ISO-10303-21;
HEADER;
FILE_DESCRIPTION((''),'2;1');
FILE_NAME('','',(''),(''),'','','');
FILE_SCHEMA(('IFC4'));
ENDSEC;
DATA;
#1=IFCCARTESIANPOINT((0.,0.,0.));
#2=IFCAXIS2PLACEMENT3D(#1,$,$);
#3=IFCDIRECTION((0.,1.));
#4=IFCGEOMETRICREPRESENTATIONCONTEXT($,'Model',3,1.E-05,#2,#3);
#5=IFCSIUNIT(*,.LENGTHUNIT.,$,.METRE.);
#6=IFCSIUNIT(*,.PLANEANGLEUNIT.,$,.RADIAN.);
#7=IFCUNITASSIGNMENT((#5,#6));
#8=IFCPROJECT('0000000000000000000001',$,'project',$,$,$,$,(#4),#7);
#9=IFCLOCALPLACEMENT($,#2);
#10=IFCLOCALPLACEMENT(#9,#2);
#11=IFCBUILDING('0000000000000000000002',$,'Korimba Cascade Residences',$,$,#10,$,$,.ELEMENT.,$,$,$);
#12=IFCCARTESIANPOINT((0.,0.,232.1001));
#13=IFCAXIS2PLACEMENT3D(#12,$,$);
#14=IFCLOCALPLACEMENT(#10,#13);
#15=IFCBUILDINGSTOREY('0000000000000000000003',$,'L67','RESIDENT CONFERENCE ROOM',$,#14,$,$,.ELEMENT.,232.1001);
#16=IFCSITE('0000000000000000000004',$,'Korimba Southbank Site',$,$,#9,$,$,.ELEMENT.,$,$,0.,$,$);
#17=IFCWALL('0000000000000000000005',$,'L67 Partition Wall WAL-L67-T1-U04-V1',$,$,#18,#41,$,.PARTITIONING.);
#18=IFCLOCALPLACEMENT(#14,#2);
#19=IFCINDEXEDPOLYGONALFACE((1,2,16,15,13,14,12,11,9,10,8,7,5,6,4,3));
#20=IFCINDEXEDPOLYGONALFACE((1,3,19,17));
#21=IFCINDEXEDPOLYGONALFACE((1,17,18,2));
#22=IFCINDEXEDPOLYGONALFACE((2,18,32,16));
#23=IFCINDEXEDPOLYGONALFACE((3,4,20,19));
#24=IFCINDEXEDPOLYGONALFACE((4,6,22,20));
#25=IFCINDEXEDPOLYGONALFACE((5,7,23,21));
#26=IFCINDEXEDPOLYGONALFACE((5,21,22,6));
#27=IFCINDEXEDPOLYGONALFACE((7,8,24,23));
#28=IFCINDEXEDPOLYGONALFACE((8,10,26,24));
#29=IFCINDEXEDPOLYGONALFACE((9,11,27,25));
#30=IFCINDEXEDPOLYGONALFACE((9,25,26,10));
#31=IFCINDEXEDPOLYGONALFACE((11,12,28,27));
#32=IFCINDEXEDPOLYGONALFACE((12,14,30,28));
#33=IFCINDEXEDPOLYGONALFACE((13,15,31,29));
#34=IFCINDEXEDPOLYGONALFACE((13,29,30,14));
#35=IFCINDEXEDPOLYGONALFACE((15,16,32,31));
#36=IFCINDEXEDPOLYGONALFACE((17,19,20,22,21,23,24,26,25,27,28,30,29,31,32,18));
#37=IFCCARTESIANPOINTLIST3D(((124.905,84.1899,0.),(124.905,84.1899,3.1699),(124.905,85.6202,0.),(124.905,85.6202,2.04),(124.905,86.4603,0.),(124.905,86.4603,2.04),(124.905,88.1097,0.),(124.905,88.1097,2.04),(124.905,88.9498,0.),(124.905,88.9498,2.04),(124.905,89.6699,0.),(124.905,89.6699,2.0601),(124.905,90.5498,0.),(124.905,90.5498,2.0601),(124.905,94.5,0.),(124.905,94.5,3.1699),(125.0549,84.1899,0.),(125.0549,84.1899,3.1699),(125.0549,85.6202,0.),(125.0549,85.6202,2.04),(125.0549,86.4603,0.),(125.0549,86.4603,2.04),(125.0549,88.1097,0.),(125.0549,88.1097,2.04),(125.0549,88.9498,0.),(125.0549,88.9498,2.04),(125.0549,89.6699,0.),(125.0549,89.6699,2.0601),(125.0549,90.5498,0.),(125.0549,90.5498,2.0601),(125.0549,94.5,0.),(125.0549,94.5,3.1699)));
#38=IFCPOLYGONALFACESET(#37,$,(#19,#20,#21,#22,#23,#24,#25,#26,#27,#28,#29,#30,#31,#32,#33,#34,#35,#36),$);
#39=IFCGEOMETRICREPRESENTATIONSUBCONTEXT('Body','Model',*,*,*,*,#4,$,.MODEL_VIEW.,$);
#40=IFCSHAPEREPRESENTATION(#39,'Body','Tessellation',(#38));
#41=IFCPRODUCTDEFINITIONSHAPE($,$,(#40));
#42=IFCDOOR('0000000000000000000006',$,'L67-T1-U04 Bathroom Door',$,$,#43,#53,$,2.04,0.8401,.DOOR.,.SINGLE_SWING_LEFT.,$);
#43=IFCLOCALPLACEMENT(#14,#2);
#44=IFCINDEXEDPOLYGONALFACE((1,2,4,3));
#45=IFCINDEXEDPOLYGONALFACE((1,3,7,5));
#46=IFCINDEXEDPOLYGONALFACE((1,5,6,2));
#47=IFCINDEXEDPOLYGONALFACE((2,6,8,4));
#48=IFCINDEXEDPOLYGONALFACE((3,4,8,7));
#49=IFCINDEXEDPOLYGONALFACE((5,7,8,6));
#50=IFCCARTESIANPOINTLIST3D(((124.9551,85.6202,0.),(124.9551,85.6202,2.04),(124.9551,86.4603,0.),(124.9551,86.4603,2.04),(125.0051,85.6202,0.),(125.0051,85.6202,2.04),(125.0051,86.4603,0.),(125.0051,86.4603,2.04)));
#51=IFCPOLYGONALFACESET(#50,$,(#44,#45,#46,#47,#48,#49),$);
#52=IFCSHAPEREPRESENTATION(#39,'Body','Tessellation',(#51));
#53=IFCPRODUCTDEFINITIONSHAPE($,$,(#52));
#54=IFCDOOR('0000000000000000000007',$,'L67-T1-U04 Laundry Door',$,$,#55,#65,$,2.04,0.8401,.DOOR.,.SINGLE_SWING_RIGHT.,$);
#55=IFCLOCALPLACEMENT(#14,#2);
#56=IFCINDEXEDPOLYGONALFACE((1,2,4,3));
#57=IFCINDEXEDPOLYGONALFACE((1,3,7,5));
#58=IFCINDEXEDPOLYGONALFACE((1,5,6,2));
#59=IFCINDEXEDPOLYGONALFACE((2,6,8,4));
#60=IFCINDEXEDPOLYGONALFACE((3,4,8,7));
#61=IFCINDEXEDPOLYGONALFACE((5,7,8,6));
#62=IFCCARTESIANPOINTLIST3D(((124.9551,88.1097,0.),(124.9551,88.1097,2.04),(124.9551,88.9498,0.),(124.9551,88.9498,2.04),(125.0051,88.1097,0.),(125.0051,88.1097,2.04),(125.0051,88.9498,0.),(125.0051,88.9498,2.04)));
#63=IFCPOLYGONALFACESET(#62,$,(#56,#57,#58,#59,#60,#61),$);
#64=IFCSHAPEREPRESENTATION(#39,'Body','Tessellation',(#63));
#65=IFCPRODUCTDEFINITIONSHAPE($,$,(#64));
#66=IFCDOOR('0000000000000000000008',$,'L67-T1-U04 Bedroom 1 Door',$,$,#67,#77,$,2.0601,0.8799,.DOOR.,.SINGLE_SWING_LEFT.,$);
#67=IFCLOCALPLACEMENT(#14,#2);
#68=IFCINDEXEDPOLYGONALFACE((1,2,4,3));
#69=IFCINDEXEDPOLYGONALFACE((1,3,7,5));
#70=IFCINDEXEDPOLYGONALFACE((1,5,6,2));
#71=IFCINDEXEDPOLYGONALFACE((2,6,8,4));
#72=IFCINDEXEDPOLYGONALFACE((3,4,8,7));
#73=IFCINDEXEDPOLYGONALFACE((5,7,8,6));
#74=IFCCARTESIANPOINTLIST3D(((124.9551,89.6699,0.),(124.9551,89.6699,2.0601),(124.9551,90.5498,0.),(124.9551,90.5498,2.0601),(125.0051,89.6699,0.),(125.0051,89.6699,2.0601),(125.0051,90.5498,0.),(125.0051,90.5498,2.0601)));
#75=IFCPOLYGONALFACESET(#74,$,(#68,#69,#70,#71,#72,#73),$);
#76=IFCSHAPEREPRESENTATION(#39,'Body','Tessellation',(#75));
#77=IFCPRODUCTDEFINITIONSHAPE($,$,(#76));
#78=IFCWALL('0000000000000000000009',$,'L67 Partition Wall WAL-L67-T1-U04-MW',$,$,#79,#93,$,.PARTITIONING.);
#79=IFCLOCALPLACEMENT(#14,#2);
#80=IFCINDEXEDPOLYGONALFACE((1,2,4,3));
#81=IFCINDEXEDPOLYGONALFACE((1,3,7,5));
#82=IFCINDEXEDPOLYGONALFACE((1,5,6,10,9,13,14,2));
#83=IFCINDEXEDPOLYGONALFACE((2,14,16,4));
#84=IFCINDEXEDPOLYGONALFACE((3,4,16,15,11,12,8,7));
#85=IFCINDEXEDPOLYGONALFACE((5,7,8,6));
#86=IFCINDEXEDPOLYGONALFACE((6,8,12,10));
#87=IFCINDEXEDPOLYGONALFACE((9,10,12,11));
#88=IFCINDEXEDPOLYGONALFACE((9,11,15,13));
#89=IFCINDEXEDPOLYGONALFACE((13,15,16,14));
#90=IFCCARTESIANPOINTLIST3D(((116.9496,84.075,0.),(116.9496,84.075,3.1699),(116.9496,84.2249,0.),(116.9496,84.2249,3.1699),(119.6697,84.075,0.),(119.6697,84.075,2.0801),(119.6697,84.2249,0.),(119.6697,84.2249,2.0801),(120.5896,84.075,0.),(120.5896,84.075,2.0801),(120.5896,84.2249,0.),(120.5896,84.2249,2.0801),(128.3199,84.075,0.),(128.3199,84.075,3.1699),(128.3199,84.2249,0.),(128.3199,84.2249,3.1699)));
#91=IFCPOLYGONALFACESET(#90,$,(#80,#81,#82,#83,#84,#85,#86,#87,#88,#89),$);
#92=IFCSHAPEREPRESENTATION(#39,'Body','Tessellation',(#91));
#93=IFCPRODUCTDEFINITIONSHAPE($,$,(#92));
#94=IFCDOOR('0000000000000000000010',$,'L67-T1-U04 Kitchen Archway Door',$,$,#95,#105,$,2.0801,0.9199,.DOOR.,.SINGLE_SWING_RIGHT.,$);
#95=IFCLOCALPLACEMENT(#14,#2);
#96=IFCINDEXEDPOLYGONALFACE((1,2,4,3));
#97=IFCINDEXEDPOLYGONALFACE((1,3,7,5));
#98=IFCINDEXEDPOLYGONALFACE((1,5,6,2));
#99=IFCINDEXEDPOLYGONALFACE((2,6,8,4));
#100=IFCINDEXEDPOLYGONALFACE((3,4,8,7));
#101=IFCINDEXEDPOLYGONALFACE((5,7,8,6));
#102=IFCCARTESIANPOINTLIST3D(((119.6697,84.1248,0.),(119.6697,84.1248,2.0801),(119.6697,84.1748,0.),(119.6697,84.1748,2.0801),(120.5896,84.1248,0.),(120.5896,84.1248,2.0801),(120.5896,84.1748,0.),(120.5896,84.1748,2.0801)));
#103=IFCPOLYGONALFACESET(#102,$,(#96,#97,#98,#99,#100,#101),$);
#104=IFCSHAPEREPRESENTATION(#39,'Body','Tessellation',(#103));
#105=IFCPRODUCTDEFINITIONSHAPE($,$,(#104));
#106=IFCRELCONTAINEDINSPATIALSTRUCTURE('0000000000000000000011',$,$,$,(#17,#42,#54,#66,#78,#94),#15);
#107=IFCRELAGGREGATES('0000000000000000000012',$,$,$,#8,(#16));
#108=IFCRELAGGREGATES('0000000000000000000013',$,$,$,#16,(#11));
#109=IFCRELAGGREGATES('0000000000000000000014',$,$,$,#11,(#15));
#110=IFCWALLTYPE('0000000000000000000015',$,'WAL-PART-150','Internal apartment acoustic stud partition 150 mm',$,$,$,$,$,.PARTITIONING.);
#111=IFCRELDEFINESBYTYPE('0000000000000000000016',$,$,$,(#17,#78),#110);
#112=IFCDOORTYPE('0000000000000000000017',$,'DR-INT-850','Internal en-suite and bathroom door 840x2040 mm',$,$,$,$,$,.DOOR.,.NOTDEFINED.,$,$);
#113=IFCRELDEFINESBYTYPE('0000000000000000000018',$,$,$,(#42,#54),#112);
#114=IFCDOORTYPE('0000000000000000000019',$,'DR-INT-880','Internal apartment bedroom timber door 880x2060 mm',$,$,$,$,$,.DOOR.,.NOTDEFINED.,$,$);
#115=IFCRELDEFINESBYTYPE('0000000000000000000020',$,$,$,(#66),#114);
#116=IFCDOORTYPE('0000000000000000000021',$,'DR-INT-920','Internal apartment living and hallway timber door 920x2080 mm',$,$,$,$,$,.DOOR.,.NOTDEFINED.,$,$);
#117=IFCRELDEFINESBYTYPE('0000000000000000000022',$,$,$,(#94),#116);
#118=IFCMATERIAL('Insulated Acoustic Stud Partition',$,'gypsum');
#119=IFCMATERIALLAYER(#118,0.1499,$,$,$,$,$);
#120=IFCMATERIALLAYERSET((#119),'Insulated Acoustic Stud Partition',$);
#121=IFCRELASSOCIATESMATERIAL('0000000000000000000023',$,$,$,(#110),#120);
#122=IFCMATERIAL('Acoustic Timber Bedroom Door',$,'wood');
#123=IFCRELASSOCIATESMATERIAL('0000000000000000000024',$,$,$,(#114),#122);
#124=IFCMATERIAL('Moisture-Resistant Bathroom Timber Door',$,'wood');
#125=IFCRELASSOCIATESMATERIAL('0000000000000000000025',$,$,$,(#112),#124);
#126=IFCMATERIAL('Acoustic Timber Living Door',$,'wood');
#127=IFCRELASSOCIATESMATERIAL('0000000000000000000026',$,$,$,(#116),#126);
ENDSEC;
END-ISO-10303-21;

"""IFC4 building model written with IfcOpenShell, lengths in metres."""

from ifc_helpers import new_model, si_unit, direction, frame, frame_2d, origin, place, context, subcontext, project, spatial, rectangle, extrude, material, layer, layer_set, type_object, element, fill, save


model = new_model("IFC4")

# Units and contexts
model_context = context("Model", 3, precision=1e-05, world=origin(), true_north=direction((0.0, 1.0)))
body_context = subcontext(model_context, "Body", "Model", "MODEL_VIEW")
ifc_project = project(units=[si_unit("LENGTHUNIT", "METRE"), si_unit("PLANEANGLEUNIT", "RADIAN")], contexts=[model_context])

# Site, building, storey
site_placement = place(None, origin())
site = spatial("IfcSite", under=ifc_project, at=site_placement, Name="Korimba Southbank Site", CompositionType="ELEMENT", RefElevation=0.0)
building_placement = place(site_placement, origin())
building = spatial("IfcBuilding", under=site, at=building_placement, Name="Korimba Cascade Residences", CompositionType="ELEMENT")
storey_placement = place(building_placement, frame((0.0, 0.0, 232.1001)))
storey = spatial("IfcBuildingStorey", under=building, at=storey_placement, Name="L67", Description="RESIDENT CONFERENCE ROOM", CompositionType="ELEMENT", Elevation=232.1001)

# Shared definitions
ifc_material_1 = material(Name="Insulated Acoustic Stud Partition", Category="gypsum")
ifc_layer_1 = layer(ifc_material_1, 0.1499)
ifc_layer_set_1 = layer_set([ifc_layer_1], Name="Insulated Acoustic Stud Partition")
wall_type_1 = type_object("IfcWallType", Name="WAL-PART-150", Description="Internal apartment acoustic stud partition 150 mm", PredefinedType="PARTITIONING", material=ifc_layer_set_1)

# Shared definitions
ifc_material_2 = material(Name="Acoustic Timber Bedroom Door", Category="wood")
door_type_1 = type_object("IfcDoorType", Name="DR-INT-880", Description="Internal apartment bedroom timber door 880x2060 mm", OperationType="NOTDEFINED", PredefinedType="DOOR", material=ifc_material_2)

# Wall, openings, doors
wall_1_placement = place(storey_placement, frame((124.98, 84.1899, 0.0), z_axis=(0.0, 0.0, 1.0), x_axis=(0.0, 1.0, 0.0)))
wall_1 = element("IfcWall", 1, at=wall_1_placement, inside=storey, type_object=wall_type_1, Name="L67 Partition Wall WAL-L67-T1-U04-V1", PredefinedType="PARTITIONING", context=body_context, shape_type="SweptSolid", body=[
    extrude(rectangle(XDim=10.3101, YDim=0.1499, at=frame_2d((5.155, 0.0))), origin(), (0.0, 0.0, 1.0), 3.1699),
])
opening_1_placement = place(wall_1_placement, frame((1.4304, 0.0, 0.0)))
opening_1 = element("IfcOpeningElement", 2, at=opening_1_placement, cuts=wall_1, PredefinedType="OPENING", context=body_context, shape_type="SweptSolid", body=[
    extrude(rectangle(XDim=0.8401, YDim=2.04, at=frame_2d((0.4199, 1.02))), frame((0.0, 0.085, 0.0), z_axis=(0.0, -1.0, 0.0), x_axis=(1.0, 0.0, 0.0)), (0.0, 0.0, 1.0), 0.1699),
])
opening_2_placement = place(wall_1_placement, frame((3.9199, 0.0, 0.0)))
opening_2 = element("IfcOpeningElement", 3, at=opening_2_placement, cuts=wall_1, PredefinedType="OPENING", context=body_context, shape_type="SweptSolid", body=[
    extrude(rectangle(XDim=0.8401, YDim=2.04, at=frame_2d((0.4199, 1.02))), frame((0.0, 0.085, 0.0), z_axis=(0.0, -1.0, 0.0), x_axis=(1.0, 0.0, 0.0)), (0.0, 0.0, 1.0), 0.1699),
])
opening_3_placement = place(wall_1_placement, frame((5.48, 0.0, 0.0)))
opening_3 = element("IfcOpeningElement", 4, at=opening_3_placement, cuts=wall_1, PredefinedType="OPENING", context=body_context, shape_type="SweptSolid", body=[
    extrude(rectangle(XDim=0.8799, YDim=2.0601, at=frame_2d((0.4399, 1.03))), frame((0.0, 0.085, 0.0), z_axis=(0.0, -1.0, 0.0), x_axis=(1.0, 0.0, 0.0)), (0.0, 0.0, 1.0), 0.1699),
])
ifc_material_3 = material(Name="Moisture-Resistant Bathroom Timber Door", Category="wood")
door_type_2 = type_object("IfcDoorType", Name="DR-INT-850", Description="Internal en-suite and bathroom door 840x2040 mm", OperationType="NOTDEFINED", PredefinedType="DOOR", material=ifc_material_3)
door_1_placement = place(opening_1_placement, origin())
door_1 = element("IfcDoor", 5, at=door_1_placement, inside=storey, type_object=door_type_2, Name="L67-T1-U04 Bathroom Door", OperationType="SINGLE_SWING_LEFT", OverallHeight=2.04, OverallWidth=0.8401, PredefinedType="DOOR", context=body_context, shape_type="SweptSolid", body=[
    extrude(rectangle(XDim=0.8401, YDim=2.04, at=frame_2d((0.4199, 1.02))), frame((0.0, 0.0249, 0.0), z_axis=(0.0, -1.0, 0.0), x_axis=(1.0, 0.0, 0.0)), (0.0, 0.0, 1.0), 0.05),
])
fill(opening_1, door_1)
door_2_placement = place(opening_2_placement, origin())
door_2 = element("IfcDoor", 6, at=door_2_placement, inside=storey, type_object=door_type_2, Name="L67-T1-U04 Laundry Door", OperationType="SINGLE_SWING_RIGHT", OverallHeight=2.04, OverallWidth=0.8401, PredefinedType="DOOR", context=body_context, shape_type="SweptSolid", body=[
    extrude(rectangle(XDim=0.8401, YDim=2.04, at=frame_2d((0.4199, 1.02))), frame((0.0, 0.0249, 0.0), z_axis=(0.0, -1.0, 0.0), x_axis=(1.0, 0.0, 0.0)), (0.0, 0.0, 1.0), 0.05),
])
fill(opening_2, door_2)
door_3_placement = place(opening_3_placement, origin())
door_3 = element("IfcDoor", 7, at=door_3_placement, inside=storey, type_object=door_type_1, Name="L67-T1-U04 Bedroom 1 Door", OperationType="SINGLE_SWING_LEFT", OverallHeight=2.0601, OverallWidth=0.8799, PredefinedType="DOOR", context=body_context, shape_type="SweptSolid", body=[
    extrude(rectangle(XDim=0.8799, YDim=2.0601, at=frame_2d((0.4399, 1.03))), frame((0.0, 0.0249, 0.0), z_axis=(0.0, -1.0, 0.0), x_axis=(1.0, 0.0, 0.0)), (0.0, 0.0, 1.0), 0.05),
])
fill(opening_3, door_3)

# Wall, opening, door
wall_2_placement = place(storey_placement, frame((116.9497, 84.1499, 0.0), z_axis=(0.0, 0.0, 1.0), x_axis=(1.0, 0.0, 0.0)))
wall_2 = element("IfcWall", 8, at=wall_2_placement, inside=storey, type_object=wall_type_1, Name="L67 Partition Wall WAL-L67-T1-U04-MW", PredefinedType="PARTITIONING", context=body_context, shape_type="SweptSolid", body=[
    extrude(rectangle(XDim=11.3704, YDim=0.1499, at=frame_2d((5.6851, 0.0))), origin(), (0.0, 0.0, 1.0), 3.1699),
])
opening_4_placement = place(wall_2_placement, frame((2.72, 0.0, 0.0)))
opening_4 = element("IfcOpeningElement", 9, at=opening_4_placement, cuts=wall_2, PredefinedType="OPENING", context=body_context, shape_type="SweptSolid", body=[
    extrude(rectangle(XDim=0.9199, YDim=2.0801, at=frame_2d((0.46, 1.04))), frame((0.0, 0.085, 0.0), z_axis=(0.0, -1.0, 0.0), x_axis=(1.0, 0.0, 0.0)), (0.0, 0.0, 1.0), 0.1699),
])
ifc_material_4 = material(Name="Acoustic Timber Living Door", Category="wood")
door_type_3 = type_object("IfcDoorType", Name="DR-INT-920", Description="Internal apartment living and hallway timber door 920x2080 mm", OperationType="NOTDEFINED", PredefinedType="DOOR", material=ifc_material_4)
door_4_placement = place(opening_4_placement, origin())
door_4 = element("IfcDoor", 10, at=door_4_placement, inside=storey, type_object=door_type_3, Name="L67-T1-U04 Kitchen Archway Door", OperationType="SINGLE_SWING_RIGHT", OverallHeight=2.0801, OverallWidth=0.9199, PredefinedType="DOOR", context=body_context, shape_type="SweptSolid", body=[
    extrude(rectangle(XDim=0.9199, YDim=2.0801, at=frame_2d((0.46, 1.04))), frame((0.0, 0.0249, 0.0), z_axis=(0.0, -1.0, 0.0), x_axis=(1.0, 0.0, 0.0)), (0.0, 0.0, 1.0), 0.05),
])
fill(opening_4, door_4)

save(model, "model.ifc")
